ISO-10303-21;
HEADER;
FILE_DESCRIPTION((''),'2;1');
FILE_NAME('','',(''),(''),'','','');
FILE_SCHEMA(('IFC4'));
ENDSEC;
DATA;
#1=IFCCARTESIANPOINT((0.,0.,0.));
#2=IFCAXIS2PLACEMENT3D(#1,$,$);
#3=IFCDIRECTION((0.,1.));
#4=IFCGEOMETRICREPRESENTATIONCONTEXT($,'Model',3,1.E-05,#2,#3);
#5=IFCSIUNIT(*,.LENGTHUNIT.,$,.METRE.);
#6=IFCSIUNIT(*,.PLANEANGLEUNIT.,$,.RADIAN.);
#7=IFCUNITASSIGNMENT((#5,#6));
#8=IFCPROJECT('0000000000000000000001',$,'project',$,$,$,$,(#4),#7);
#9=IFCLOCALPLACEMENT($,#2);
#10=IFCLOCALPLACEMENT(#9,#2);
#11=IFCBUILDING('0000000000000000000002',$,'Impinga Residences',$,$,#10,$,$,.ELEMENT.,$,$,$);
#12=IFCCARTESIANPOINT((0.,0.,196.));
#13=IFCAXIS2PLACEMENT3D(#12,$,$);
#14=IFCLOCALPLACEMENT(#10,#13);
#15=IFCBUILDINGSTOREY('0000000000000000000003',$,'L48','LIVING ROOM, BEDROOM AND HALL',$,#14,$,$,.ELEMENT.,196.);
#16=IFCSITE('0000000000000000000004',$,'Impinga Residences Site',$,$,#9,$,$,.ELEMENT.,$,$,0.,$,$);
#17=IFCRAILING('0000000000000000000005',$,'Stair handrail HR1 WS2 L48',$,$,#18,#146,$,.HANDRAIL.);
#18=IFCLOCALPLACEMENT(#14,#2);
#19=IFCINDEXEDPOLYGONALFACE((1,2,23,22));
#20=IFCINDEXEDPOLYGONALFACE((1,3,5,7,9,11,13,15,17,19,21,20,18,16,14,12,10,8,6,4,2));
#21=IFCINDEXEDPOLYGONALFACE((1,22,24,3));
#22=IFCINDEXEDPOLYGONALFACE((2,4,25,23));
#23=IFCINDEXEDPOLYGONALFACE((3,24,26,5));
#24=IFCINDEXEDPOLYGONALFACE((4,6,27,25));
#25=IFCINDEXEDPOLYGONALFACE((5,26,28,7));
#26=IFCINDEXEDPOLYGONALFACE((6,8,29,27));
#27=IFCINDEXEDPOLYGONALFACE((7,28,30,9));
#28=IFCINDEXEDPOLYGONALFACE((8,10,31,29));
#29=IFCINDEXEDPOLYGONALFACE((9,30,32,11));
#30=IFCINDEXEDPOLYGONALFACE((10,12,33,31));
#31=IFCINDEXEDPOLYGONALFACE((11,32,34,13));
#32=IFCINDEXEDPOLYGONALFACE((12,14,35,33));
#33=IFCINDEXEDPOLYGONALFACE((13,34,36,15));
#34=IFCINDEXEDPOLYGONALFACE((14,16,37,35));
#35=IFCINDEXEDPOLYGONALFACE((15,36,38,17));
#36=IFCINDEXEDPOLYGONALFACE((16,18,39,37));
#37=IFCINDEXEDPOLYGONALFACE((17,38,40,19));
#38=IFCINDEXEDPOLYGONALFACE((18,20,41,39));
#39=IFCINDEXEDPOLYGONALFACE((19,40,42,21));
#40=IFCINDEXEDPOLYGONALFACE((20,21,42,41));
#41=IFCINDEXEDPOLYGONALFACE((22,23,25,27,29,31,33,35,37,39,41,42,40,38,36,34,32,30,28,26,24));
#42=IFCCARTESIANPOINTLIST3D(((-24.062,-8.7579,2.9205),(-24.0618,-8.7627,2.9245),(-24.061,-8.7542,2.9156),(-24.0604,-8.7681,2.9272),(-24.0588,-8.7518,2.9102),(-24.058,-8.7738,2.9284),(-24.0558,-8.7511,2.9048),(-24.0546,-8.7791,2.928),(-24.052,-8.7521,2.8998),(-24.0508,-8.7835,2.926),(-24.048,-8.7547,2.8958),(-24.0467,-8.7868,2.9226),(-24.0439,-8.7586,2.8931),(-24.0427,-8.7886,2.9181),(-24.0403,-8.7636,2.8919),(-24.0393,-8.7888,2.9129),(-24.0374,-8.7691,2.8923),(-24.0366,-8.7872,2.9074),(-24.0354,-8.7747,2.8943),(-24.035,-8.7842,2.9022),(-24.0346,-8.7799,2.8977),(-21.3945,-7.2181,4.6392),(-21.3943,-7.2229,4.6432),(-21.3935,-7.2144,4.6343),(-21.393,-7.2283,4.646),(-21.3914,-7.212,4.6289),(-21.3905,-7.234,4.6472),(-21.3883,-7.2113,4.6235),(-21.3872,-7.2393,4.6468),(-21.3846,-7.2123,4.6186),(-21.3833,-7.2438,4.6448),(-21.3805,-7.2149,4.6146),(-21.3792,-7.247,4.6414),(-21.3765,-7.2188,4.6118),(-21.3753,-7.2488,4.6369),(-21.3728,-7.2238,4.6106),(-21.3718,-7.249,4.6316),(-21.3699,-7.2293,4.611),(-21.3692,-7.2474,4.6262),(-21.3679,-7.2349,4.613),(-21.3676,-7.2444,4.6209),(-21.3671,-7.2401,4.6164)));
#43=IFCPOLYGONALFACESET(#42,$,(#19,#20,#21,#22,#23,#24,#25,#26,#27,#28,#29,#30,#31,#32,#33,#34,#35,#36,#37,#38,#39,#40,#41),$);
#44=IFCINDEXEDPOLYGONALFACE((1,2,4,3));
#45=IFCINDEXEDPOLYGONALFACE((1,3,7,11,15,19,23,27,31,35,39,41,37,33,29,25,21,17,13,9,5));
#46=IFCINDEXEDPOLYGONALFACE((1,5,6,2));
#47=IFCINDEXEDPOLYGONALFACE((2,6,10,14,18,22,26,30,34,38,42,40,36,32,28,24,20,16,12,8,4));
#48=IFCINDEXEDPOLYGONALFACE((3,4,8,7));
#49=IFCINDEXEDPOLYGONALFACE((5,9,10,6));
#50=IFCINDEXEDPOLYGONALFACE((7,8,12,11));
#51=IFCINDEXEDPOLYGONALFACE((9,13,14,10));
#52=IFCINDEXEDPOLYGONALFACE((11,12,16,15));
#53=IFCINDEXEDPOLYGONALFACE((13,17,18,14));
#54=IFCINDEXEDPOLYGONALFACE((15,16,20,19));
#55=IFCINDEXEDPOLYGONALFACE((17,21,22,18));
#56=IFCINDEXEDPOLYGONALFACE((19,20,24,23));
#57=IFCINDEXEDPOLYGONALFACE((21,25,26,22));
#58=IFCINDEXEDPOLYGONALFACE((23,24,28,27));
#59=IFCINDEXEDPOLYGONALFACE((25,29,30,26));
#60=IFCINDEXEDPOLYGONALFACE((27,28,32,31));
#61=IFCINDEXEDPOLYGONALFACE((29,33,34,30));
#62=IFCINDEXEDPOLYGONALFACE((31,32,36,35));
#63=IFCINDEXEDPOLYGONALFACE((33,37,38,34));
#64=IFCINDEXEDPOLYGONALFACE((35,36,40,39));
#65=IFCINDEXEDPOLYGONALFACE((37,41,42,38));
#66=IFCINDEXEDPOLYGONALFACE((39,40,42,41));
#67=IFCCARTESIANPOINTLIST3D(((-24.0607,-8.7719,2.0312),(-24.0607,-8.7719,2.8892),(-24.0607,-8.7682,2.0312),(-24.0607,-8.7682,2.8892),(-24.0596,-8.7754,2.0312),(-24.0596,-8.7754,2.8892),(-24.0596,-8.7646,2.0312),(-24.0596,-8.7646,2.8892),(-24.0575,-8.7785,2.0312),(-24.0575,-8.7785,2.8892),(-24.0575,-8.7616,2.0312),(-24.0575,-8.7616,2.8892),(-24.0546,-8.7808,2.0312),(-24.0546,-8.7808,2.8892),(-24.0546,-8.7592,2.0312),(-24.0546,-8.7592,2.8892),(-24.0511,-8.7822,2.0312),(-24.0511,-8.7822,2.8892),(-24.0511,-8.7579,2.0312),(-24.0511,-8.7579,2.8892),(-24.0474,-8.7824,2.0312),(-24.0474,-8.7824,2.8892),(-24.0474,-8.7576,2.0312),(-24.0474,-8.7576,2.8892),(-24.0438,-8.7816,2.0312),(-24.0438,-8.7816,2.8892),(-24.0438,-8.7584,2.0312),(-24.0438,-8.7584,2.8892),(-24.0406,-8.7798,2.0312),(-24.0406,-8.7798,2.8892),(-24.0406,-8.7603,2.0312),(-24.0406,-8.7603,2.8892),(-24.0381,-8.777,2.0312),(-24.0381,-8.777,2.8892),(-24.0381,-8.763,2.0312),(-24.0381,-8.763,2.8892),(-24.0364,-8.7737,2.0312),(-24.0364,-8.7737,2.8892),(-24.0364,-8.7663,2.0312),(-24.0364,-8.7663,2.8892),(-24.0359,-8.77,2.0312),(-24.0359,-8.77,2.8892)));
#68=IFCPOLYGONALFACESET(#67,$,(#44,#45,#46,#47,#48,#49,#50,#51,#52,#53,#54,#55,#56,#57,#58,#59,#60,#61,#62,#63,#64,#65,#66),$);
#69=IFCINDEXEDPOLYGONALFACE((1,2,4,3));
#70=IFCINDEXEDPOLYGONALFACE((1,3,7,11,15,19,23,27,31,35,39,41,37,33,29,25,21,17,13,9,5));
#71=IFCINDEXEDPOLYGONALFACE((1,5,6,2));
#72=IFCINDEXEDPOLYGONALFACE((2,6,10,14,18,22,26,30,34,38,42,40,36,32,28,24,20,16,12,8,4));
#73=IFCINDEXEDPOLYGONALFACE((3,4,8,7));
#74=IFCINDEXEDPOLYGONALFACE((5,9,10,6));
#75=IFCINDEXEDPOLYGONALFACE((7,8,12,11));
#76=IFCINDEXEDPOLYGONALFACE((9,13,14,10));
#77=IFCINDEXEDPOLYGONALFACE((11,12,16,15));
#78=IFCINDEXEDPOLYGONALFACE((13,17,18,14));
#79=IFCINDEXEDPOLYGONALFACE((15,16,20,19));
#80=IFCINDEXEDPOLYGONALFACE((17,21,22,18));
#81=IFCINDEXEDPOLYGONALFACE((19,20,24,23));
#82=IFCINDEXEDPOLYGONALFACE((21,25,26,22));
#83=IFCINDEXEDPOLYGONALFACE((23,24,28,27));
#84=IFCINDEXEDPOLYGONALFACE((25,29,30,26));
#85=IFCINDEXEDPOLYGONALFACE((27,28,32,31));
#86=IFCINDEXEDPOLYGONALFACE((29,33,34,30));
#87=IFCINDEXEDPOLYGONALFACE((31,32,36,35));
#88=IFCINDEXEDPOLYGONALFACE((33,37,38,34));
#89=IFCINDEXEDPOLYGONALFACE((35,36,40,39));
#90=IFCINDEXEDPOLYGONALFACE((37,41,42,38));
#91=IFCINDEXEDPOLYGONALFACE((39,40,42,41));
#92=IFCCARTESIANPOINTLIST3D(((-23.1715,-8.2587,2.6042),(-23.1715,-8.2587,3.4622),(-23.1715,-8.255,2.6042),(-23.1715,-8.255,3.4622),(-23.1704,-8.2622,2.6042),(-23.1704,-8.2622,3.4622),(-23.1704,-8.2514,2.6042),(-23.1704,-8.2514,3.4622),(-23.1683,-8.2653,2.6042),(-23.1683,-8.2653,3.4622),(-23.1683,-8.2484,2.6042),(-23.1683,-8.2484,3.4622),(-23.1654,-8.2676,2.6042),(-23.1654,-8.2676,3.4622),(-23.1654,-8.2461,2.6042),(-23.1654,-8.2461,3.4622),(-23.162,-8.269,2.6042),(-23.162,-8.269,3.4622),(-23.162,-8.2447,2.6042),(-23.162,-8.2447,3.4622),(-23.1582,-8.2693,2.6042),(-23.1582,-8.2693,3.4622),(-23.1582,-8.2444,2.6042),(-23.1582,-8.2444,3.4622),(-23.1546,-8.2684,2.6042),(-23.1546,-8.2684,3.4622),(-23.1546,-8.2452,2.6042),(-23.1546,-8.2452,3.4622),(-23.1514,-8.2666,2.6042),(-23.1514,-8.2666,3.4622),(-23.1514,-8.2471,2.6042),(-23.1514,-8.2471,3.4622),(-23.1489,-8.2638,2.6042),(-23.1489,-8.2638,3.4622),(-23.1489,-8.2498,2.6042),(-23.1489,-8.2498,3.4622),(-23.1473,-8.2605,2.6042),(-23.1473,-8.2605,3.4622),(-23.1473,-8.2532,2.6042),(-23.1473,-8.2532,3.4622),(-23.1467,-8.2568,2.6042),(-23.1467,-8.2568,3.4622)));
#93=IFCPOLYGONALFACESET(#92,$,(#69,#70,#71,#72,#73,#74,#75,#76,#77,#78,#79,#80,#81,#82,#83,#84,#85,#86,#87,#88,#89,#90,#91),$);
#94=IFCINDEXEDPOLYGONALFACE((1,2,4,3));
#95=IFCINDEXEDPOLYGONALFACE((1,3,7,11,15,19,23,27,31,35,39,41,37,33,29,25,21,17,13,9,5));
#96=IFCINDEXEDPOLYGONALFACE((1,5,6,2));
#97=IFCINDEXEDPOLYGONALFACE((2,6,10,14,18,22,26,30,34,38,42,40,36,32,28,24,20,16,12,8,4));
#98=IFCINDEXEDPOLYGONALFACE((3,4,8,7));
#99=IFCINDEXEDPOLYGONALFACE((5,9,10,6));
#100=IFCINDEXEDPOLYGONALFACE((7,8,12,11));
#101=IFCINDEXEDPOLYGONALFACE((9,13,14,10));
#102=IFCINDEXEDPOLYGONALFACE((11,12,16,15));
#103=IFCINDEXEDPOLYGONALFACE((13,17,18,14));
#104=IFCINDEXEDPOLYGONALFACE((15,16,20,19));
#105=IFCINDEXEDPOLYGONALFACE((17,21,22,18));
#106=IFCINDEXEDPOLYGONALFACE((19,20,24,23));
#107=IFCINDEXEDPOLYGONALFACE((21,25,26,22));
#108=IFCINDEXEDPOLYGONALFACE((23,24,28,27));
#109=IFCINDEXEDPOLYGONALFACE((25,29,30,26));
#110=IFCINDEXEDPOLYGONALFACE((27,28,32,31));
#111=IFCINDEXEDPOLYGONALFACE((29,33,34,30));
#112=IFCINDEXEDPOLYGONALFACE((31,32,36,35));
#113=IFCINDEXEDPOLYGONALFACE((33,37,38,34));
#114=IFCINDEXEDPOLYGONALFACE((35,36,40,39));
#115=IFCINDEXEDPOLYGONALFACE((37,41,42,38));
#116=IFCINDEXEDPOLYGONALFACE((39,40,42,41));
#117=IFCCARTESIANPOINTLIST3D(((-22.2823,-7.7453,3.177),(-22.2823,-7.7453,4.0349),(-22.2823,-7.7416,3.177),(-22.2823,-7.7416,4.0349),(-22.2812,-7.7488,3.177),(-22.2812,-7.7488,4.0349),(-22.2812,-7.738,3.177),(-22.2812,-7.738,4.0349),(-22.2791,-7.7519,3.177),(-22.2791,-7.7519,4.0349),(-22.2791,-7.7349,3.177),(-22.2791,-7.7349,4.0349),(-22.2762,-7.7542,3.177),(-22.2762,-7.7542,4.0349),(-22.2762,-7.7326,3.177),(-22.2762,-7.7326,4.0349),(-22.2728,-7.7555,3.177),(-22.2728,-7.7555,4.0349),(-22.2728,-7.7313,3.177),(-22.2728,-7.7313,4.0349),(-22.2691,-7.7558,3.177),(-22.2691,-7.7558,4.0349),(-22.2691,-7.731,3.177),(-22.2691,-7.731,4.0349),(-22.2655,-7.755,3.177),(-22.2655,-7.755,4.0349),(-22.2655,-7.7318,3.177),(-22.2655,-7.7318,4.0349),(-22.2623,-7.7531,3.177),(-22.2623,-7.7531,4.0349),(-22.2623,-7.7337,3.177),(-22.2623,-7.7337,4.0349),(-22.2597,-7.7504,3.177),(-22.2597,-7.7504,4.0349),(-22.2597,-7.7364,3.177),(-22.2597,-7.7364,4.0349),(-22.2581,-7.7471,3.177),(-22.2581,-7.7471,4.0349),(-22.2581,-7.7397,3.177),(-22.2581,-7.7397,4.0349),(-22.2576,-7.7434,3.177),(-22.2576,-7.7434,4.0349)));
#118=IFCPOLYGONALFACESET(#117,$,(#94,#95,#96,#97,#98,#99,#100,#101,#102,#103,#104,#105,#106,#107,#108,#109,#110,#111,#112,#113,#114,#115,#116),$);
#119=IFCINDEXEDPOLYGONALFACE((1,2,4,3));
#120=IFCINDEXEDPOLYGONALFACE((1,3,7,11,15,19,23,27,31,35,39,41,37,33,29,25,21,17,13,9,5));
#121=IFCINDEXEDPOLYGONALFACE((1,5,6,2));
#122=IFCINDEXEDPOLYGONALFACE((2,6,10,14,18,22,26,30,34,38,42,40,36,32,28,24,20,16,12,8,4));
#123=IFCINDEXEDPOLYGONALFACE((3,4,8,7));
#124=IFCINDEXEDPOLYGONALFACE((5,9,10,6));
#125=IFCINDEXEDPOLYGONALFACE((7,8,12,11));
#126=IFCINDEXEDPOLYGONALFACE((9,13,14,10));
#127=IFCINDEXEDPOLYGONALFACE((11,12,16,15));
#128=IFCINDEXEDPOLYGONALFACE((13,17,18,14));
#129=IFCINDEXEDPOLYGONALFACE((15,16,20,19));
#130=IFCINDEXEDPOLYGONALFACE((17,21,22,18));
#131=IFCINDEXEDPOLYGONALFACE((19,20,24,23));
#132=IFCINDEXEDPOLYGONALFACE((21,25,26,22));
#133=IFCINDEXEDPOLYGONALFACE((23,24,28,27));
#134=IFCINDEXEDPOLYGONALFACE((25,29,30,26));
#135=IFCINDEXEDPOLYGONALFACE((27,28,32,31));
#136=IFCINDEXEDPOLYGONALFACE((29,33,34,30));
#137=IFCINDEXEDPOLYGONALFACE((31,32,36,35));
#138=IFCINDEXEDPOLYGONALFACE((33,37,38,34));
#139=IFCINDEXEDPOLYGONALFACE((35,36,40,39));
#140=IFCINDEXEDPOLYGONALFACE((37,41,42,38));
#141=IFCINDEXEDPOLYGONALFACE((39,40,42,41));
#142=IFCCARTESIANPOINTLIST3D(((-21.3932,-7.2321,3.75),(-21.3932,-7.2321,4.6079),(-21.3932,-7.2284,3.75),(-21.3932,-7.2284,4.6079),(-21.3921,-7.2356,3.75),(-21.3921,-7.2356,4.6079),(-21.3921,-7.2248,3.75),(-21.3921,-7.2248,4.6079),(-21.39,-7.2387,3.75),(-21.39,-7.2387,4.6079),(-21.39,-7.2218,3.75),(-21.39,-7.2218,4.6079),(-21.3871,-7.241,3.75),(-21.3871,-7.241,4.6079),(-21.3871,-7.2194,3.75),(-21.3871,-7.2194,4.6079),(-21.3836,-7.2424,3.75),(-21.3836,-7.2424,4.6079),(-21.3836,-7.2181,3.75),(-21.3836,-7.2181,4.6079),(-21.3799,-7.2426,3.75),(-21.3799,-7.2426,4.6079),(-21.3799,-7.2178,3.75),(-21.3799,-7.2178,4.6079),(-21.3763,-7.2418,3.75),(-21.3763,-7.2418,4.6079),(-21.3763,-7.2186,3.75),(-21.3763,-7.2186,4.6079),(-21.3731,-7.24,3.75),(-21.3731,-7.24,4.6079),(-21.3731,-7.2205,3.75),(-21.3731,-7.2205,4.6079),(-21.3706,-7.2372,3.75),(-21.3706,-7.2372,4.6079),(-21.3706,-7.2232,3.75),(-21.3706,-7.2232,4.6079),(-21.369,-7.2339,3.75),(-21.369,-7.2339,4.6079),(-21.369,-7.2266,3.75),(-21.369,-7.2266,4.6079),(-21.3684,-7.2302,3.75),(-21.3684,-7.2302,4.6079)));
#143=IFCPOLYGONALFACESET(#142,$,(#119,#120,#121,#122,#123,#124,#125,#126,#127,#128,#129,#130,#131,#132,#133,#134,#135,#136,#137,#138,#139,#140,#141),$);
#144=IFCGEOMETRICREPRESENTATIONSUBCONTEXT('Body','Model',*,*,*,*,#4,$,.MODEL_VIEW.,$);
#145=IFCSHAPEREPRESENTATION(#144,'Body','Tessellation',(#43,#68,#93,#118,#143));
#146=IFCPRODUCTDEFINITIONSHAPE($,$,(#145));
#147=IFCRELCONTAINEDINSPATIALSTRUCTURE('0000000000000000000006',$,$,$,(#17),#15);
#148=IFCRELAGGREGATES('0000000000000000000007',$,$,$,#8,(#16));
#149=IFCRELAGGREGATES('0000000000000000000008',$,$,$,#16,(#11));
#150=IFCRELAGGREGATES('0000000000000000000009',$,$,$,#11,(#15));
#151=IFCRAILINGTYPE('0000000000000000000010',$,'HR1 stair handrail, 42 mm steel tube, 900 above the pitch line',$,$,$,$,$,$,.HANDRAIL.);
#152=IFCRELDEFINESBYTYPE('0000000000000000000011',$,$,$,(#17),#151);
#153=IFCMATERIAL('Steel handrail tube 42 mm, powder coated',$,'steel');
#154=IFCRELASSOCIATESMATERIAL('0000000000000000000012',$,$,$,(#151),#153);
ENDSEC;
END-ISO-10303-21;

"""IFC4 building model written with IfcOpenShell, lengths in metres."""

from ifc_helpers import new_model, si_unit, direction, frame, origin, origin_2d, place, context, subcontext, project, spatial, circle, extrude, material, type_object, element, save


model = new_model("IFC4")

# Units and contexts
model_context = context("Model", 3, precision=1e-05, world=origin(), true_north=direction((0.0, 1.0)))
body_context = subcontext(model_context, "Body", "Model", "MODEL_VIEW")
ifc_project = project(units=[si_unit("LENGTHUNIT", "METRE"), si_unit("PLANEANGLEUNIT", "RADIAN")], contexts=[model_context])

# Site, building, storey
site_placement = place(None, origin())
site = spatial("IfcSite", under=ifc_project, at=site_placement, Name="Impinga Residences Site", CompositionType="ELEMENT", RefElevation=0.0)
building_placement = place(site_placement, origin())
building = spatial("IfcBuilding", under=site, at=building_placement, Name="Impinga Residences", CompositionType="ELEMENT")
storey_placement = place(building_placement, frame((0.0, 0.0, 196.0)))
storey = spatial("IfcBuildingStorey", under=building, at=storey_placement, Name="L48", Description="LIVING ROOM, BEDROOM AND HALL", CompositionType="ELEMENT", Elevation=196.0)

# Railing
ifc_material_1 = material(Name="Steel handrail tube 42 mm, powder coated", Category="steel")
railing_type = type_object("IfcRailingType", Name="HR1 stair handrail, 42 mm steel tube, 900 above the pitch line", PredefinedType="HANDRAIL", material=ifc_material_1)
railing_placement = place(storey_placement, frame((-24.0483, -8.77, 2.0312)))
element("IfcRailing", 1, at=railing_placement, inside=storey, type_object=railing_type, Name="Stair handrail HR1 WS2 L48", PredefinedType="HANDRAIL", context=body_context, shape_type="SweptSolid", body=[
    extrude(circle(Radius=0.021, at=origin_2d()), frame((0.0, 0.0, 0.8789), z_axis=(0.756279, 0.43656, 0.487297), x_axis=(-0.499933, 0.866064, 0.0)), (0.0, 0.0, 1.0), 3.5271),
    extrude(circle(Radius=0.0125, at=origin_2d()), origin(), (0.0, 0.0, 1.0), 0.8579),
    extrude(circle(Radius=0.0125, at=origin_2d()), frame((0.8892, 0.5132, 0.573)), (0.0, 0.0, 1.0), 0.8579),
    extrude(circle(Radius=0.0125, at=origin_2d()), frame((1.7783, 1.0266, 1.1458)), (0.0, 0.0, 1.0), 0.8579),
    extrude(circle(Radius=0.0125, at=origin_2d()), frame((2.6675, 1.5398, 1.7188)), (0.0, 0.0, 1.0), 0.8579),
])

save(model, "model.ifc")
